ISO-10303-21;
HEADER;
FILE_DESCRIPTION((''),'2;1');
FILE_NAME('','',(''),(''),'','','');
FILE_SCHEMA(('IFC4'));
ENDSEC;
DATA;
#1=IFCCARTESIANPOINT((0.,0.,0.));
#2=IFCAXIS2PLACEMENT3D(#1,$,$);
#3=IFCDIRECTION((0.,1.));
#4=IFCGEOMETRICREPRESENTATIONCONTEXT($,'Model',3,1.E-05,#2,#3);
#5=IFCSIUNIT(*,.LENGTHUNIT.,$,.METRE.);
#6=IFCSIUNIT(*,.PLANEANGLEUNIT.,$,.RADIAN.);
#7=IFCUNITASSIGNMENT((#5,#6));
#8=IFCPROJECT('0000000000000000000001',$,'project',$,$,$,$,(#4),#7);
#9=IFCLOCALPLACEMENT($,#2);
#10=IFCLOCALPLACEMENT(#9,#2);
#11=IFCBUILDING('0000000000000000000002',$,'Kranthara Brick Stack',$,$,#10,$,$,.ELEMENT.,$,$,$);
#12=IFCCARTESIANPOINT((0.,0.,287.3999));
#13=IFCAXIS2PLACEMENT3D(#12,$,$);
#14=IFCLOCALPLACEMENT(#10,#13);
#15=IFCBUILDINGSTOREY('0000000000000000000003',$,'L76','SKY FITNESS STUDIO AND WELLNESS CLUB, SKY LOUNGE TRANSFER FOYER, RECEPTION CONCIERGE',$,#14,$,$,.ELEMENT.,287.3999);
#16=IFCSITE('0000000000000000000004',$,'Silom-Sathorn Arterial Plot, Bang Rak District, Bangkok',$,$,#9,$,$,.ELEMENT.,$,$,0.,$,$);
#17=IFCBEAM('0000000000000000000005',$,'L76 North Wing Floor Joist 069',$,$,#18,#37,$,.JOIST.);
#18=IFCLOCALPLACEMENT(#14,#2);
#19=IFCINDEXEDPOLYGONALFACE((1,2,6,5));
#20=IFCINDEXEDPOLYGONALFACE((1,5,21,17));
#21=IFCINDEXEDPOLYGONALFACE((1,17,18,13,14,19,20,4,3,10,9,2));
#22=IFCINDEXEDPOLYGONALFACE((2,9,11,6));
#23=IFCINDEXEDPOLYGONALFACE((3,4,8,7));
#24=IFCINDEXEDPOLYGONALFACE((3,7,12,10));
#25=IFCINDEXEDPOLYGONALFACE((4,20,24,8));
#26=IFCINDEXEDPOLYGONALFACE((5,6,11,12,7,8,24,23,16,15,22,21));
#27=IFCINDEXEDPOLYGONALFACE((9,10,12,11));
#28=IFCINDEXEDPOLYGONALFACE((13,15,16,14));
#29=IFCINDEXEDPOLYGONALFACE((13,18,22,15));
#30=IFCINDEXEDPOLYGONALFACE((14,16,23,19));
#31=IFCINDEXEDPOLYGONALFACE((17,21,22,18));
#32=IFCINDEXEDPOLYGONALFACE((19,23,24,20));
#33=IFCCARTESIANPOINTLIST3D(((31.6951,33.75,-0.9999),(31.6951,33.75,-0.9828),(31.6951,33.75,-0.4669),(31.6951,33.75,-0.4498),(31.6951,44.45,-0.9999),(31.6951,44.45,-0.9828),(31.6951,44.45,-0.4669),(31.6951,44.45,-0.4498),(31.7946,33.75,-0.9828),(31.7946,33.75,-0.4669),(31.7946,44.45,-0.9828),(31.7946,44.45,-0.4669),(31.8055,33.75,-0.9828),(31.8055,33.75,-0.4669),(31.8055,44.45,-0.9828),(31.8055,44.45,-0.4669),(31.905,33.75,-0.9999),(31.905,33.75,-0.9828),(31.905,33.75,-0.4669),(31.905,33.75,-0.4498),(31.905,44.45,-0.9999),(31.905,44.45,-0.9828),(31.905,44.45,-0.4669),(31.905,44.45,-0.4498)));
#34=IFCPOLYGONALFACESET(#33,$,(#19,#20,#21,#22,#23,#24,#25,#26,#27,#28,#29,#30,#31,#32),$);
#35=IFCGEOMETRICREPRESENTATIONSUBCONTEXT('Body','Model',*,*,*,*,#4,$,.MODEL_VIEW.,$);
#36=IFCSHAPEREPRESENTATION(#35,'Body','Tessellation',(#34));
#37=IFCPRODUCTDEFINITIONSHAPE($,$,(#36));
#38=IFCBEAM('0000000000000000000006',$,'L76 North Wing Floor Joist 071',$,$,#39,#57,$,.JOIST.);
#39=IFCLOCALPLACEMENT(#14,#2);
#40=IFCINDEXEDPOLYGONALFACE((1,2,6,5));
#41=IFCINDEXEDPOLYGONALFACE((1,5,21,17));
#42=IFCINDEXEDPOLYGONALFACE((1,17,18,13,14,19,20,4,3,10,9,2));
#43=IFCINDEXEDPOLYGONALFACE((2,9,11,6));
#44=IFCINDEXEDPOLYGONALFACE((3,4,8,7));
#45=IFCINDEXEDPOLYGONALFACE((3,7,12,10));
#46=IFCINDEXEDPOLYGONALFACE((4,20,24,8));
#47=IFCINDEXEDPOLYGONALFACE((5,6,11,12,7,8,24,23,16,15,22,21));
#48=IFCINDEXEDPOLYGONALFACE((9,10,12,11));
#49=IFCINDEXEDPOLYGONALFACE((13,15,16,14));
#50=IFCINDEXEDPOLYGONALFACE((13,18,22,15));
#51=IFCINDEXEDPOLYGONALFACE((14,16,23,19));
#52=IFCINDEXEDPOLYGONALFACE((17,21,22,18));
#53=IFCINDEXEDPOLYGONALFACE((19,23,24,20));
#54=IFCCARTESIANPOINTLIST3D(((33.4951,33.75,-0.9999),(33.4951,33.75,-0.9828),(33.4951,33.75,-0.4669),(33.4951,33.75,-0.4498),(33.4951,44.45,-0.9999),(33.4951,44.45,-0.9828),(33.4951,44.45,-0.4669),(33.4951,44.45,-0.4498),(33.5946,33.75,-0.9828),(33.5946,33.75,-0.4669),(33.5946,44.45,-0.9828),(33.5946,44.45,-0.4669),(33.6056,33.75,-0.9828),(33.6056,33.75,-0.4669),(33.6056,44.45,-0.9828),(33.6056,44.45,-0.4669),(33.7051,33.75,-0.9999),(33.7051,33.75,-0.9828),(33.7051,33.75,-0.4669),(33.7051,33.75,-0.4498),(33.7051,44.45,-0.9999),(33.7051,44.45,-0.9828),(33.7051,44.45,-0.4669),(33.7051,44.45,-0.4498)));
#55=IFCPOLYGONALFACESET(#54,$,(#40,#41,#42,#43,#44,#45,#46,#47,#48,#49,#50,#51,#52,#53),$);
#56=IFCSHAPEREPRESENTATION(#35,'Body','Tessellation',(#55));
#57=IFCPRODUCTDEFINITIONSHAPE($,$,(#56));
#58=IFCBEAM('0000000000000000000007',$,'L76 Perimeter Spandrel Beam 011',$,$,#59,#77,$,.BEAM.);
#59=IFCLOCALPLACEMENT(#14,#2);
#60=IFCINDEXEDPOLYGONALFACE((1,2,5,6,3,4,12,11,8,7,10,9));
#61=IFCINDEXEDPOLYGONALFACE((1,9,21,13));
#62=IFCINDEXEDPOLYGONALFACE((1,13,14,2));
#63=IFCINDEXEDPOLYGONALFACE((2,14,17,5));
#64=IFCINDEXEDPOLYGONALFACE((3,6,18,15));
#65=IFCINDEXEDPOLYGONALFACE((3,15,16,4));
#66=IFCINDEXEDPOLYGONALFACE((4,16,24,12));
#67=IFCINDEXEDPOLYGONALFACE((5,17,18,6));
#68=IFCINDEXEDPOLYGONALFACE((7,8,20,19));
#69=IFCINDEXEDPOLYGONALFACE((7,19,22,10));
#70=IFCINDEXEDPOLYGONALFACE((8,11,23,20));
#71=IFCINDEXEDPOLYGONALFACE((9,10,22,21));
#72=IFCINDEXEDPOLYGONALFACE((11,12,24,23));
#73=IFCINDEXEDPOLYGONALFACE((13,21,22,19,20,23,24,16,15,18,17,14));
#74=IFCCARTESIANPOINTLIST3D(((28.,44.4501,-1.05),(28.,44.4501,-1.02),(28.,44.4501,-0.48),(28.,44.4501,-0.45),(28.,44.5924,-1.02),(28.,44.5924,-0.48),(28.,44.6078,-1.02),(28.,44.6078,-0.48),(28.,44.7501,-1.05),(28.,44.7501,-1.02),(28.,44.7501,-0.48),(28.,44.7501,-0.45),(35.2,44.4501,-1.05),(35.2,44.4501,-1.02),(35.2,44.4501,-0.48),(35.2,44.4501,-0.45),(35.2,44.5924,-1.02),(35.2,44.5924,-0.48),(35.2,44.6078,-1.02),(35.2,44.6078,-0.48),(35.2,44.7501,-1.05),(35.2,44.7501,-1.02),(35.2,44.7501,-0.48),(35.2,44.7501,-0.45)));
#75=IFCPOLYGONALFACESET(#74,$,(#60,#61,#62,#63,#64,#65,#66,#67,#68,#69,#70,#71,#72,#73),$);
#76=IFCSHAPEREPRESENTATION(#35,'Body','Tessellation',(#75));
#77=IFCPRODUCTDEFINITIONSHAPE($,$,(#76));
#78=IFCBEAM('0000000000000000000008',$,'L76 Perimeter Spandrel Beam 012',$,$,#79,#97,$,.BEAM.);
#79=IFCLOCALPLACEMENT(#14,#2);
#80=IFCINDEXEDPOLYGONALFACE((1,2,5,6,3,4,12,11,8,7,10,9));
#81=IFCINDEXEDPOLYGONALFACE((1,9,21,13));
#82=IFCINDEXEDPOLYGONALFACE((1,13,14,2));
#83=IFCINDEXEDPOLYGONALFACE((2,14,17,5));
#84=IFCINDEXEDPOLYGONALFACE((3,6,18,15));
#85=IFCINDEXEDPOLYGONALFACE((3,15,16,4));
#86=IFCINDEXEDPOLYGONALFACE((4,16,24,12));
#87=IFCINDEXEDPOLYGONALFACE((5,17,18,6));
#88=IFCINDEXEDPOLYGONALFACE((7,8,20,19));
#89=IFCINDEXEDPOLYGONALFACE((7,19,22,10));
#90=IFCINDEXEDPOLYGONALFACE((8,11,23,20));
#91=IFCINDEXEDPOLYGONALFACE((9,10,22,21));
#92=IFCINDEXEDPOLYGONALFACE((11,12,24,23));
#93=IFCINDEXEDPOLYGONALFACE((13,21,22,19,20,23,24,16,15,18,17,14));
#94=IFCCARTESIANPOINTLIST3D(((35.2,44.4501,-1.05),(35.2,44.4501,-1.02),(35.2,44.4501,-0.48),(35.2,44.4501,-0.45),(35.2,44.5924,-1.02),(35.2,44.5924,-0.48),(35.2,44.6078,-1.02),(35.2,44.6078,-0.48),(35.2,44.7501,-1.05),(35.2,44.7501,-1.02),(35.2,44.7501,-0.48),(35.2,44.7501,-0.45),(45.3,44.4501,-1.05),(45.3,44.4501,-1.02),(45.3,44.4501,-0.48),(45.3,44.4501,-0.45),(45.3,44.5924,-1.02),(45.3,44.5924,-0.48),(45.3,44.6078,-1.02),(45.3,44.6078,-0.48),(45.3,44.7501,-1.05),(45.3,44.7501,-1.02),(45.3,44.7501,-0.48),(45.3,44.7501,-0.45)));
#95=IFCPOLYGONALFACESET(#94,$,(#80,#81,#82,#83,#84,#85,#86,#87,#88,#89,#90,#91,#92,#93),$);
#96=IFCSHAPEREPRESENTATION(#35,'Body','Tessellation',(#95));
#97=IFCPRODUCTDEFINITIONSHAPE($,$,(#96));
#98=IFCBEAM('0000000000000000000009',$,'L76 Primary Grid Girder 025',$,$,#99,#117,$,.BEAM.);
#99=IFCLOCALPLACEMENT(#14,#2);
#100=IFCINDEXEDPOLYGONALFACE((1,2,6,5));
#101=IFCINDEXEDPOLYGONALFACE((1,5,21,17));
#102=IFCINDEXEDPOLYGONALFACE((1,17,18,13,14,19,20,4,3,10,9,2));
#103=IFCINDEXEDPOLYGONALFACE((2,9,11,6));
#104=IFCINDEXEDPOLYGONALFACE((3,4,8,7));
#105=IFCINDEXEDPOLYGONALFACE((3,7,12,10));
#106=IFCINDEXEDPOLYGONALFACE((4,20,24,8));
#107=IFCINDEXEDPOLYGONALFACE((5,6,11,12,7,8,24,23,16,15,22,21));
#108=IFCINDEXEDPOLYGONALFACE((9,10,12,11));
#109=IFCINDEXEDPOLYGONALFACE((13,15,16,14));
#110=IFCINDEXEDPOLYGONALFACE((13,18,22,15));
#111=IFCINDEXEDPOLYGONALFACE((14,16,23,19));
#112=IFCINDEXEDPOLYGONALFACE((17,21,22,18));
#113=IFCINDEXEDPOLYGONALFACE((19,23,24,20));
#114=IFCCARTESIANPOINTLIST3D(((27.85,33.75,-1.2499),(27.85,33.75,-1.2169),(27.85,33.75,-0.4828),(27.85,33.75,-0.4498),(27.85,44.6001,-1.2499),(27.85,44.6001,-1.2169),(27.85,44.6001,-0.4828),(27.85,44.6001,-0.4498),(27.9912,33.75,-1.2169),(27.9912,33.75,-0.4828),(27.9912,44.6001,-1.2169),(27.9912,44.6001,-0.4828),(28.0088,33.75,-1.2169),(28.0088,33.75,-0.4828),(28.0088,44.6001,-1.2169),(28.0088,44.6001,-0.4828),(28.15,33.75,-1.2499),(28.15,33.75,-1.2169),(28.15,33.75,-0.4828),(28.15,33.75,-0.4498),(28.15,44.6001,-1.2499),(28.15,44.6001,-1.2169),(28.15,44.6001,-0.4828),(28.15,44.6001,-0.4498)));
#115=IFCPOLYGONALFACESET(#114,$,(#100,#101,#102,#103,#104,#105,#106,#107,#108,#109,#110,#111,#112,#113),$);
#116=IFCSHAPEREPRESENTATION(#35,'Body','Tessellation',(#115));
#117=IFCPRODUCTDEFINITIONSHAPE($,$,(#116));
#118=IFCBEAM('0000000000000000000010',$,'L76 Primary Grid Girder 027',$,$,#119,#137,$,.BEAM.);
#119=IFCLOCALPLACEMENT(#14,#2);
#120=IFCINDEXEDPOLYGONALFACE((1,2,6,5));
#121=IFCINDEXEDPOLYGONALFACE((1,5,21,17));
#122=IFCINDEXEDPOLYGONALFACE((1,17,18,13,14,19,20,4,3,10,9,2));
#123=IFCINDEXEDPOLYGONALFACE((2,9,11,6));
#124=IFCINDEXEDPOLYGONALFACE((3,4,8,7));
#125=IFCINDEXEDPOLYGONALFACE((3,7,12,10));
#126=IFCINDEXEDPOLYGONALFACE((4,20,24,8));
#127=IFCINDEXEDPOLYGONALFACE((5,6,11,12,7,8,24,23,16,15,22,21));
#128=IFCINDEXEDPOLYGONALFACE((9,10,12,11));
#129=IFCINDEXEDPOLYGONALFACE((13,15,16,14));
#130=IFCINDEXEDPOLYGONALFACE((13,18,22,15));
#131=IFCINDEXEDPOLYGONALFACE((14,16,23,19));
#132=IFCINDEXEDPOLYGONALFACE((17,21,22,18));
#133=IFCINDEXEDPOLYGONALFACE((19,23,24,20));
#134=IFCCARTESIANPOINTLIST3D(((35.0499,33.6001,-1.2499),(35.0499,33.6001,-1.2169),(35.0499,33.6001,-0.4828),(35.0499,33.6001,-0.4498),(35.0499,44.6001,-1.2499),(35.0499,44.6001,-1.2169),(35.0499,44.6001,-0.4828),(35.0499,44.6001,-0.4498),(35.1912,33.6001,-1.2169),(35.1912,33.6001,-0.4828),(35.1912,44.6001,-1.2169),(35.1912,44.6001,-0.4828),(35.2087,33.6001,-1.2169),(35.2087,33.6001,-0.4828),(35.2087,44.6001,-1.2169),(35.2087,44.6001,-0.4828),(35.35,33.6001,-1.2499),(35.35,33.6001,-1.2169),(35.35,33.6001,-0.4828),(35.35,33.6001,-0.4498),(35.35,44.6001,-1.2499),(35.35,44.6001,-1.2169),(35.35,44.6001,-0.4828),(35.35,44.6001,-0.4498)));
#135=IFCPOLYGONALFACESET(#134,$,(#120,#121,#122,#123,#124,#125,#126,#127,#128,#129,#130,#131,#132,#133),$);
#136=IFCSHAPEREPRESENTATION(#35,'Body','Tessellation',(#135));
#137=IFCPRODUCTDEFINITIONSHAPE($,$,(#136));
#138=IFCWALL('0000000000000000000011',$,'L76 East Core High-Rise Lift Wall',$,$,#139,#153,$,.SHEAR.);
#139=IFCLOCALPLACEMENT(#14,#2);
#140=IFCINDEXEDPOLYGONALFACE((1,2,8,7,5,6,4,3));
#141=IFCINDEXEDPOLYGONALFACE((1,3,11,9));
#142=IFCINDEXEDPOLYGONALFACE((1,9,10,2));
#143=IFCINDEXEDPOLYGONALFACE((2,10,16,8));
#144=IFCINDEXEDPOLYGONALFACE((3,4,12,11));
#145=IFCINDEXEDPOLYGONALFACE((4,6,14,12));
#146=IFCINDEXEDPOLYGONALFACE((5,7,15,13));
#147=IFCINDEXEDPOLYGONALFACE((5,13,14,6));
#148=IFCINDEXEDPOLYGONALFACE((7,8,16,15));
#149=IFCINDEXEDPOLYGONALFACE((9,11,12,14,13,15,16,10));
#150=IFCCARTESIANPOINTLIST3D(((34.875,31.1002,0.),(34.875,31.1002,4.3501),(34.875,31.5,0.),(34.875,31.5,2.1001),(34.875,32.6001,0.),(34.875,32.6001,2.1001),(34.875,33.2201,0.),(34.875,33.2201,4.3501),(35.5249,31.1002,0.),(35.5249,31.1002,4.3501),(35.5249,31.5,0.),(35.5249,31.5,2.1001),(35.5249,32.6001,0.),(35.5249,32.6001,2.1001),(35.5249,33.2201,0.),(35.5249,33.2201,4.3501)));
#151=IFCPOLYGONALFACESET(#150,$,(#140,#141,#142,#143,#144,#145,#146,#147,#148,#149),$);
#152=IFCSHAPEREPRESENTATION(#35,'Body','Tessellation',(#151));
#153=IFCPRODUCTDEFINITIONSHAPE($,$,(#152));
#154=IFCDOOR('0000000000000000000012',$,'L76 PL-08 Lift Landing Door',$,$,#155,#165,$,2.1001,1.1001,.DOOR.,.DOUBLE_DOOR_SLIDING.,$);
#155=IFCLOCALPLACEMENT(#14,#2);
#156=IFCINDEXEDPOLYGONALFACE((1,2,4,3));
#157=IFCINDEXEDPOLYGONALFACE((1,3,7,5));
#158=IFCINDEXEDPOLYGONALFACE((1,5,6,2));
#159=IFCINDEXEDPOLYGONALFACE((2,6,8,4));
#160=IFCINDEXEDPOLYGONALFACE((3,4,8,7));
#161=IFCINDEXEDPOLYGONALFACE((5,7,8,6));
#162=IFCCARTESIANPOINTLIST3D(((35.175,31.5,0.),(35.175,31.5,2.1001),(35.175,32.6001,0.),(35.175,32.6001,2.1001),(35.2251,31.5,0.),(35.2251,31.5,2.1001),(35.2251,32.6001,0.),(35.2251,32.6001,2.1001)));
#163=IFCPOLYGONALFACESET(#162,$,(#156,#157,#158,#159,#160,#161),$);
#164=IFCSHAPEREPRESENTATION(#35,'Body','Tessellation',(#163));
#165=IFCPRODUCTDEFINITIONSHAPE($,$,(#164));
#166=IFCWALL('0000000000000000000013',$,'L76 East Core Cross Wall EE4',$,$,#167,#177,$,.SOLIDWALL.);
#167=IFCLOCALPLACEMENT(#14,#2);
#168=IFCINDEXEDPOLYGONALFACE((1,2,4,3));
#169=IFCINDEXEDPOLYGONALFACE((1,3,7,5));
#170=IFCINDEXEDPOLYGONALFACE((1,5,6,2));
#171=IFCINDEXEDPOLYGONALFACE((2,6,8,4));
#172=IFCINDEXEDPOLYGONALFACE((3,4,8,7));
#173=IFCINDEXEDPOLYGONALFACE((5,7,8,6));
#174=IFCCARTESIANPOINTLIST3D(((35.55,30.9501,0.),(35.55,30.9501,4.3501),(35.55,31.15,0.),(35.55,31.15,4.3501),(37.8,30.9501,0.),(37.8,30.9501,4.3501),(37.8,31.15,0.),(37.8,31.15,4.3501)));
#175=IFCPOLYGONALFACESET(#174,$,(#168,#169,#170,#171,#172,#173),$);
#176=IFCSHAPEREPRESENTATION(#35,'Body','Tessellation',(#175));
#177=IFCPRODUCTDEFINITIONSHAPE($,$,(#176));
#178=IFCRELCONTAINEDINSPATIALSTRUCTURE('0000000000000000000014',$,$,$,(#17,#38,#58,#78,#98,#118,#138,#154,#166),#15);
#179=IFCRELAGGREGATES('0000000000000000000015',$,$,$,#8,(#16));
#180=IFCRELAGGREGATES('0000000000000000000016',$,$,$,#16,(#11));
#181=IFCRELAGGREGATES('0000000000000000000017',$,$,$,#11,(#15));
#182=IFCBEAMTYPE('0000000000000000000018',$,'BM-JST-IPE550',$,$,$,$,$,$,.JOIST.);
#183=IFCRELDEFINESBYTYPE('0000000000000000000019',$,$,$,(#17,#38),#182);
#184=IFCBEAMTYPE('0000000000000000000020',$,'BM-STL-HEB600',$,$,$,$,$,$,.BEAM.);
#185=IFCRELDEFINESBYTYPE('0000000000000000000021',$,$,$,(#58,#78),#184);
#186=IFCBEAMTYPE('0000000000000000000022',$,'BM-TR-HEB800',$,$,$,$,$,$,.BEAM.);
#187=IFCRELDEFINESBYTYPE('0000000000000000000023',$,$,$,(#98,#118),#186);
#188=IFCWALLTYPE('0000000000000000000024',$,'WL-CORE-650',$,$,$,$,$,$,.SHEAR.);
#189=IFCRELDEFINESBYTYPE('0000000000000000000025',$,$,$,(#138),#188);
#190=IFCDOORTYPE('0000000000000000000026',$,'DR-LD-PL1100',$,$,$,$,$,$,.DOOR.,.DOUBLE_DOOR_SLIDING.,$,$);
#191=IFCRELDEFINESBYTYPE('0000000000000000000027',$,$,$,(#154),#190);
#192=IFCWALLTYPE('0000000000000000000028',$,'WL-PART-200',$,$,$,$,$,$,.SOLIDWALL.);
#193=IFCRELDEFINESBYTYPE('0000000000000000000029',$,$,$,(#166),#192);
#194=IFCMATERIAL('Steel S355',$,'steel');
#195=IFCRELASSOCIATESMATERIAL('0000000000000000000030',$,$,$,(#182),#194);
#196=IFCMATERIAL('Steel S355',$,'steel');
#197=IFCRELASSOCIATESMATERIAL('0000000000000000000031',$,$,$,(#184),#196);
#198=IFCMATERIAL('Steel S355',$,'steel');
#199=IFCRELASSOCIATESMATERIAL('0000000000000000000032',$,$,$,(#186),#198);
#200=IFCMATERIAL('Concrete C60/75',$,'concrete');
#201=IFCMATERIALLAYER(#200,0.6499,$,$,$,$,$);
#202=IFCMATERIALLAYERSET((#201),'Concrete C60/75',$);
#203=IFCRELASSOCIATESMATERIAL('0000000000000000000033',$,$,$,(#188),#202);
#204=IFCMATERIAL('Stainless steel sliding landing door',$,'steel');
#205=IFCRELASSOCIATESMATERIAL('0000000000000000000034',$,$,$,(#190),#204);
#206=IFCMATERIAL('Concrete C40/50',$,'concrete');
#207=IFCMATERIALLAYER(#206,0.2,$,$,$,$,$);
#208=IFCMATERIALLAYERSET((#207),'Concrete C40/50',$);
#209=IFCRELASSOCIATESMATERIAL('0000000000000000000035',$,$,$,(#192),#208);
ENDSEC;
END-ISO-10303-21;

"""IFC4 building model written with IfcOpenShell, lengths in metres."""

from ifc_helpers import new_model, si_unit, direction, frame, frame_2d, origin, origin_2d, place, context, subcontext, project, spatial, rectangle, i_section, extrude, material, layer, layer_set, material_profile, profile_set, type_object, element, fill, save


model = new_model("IFC4")

# Units and contexts
model_context = context("Model", 3, precision=1e-05, world=origin(), true_north=direction((0.0, 1.0)))
body_context = subcontext(model_context, "Body", "Model", "MODEL_VIEW")
ifc_project = project(units=[si_unit("LENGTHUNIT", "METRE"), si_unit("PLANEANGLEUNIT", "RADIAN")], contexts=[model_context])

# Site, building, storey
site_placement = place(None, origin())
site = spatial("IfcSite", under=ifc_project, at=site_placement, Name="Silom-Sathorn Arterial Plot, Bang Rak District, Bangkok", CompositionType="ELEMENT", RefElevation=0.0)
building_placement = place(site_placement, origin())
building = spatial("IfcBuilding", under=site, at=building_placement, Name="Kranthara Brick Stack", CompositionType="ELEMENT")
storey_placement = place(building_placement, frame((0.0, 0.0, 287.3999)))
storey = spatial("IfcBuildingStorey", under=building, at=storey_placement, Name="L76", Description="SKY FITNESS STUDIO AND WELLNESS CLUB, SKY LOUNGE TRANSFER FOYER, RECEPTION CONCIERGE", CompositionType="ELEMENT", Elevation=287.3999)

# Beams
ifc_material_1 = material(Name="Steel S355", Category="steel")
ifc_material_profile_1 = material_profile(ifc_material_1, i_section(OverallWidth=0.21, OverallDepth=0.55, WebThickness=0.011, FlangeThickness=0.0171, at=origin_2d()), Name="IPE 550")
ifc_profile_set_1 = profile_set([ifc_material_profile_1], Name="Steel S355")
beam_type_1 = type_object("IfcBeamType", Name="BM-JST-IPE550", PredefinedType="JOIST", material=ifc_profile_set_1)
for number, where, z_axis, x_axis, name in (
    (1, (31.8, 33.75, -0.7249), (0.0, 1.0, 0.0), (-1.0, 0.0, 0.0), "L76 North Wing Floor Joist 069"),
    (2, (33.6001, 33.75, -0.7249), (0.0, 1.0, 0.0), (-1.0, 0.0, 0.0), "L76 North Wing Floor Joist 071"),
):
    element("IfcBeam", number, at=place(storey_placement, frame(where, z_axis=z_axis, x_axis=x_axis)), inside=storey, type_object=beam_type_1, Name=name, PredefinedType="JOIST", context=body_context, shape_type="SweptSolid", body=[
        extrude(i_section(OverallWidth=0.21, OverallDepth=0.55, WebThickness=0.011, FlangeThickness=0.0171, at=origin_2d()), origin(), (0.0, 0.0, 1.0), 10.7),
    ])
ifc_material_2 = material(Name="Steel S355", Category="steel")
ifc_material_profile_2 = material_profile(ifc_material_2, i_section(OverallWidth=0.3, OverallDepth=0.6001, WebThickness=0.0154, FlangeThickness=0.03, at=origin_2d()), Name="HEB 600")
ifc_profile_set_2 = profile_set([ifc_material_profile_2], Name="Steel S355")
beam_type_2 = type_object("IfcBeamType", Name="BM-STL-HEB600", PredefinedType="BEAM", material=ifc_profile_set_2)
beam_1_placement = place(storey_placement, frame((28.0, 44.6001, -0.75), z_axis=(1.0, 0.0, 0.0), x_axis=(0.0, 1.0, 0.0)))
element("IfcBeam", 3, at=beam_1_placement, inside=storey, type_object=beam_type_2, Name="L76 Perimeter Spandrel Beam 011", PredefinedType="BEAM", context=body_context, shape_type="SweptSolid", body=[
    extrude(i_section(OverallWidth=0.3, OverallDepth=0.6001, WebThickness=0.0154, FlangeThickness=0.03, at=origin_2d()), origin(), (0.0, 0.0, 1.0), 7.2),
])
beam_2_placement = place(storey_placement, frame((35.2, 44.6001, -0.75), z_axis=(1.0, 0.0, 0.0), x_axis=(0.0, 1.0, 0.0)))
element("IfcBeam", 4, at=beam_2_placement, inside=storey, type_object=beam_type_2, Name="L76 Perimeter Spandrel Beam 012", PredefinedType="BEAM", context=body_context, shape_type="SweptSolid", body=[
    extrude(i_section(OverallWidth=0.3, OverallDepth=0.6001, WebThickness=0.0154, FlangeThickness=0.03, at=origin_2d()), origin(), (0.0, 0.0, 1.0), 10.1001),
])
ifc_material_3 = material(Name="Steel S355", Category="steel")
ifc_material_profile_3 = material_profile(ifc_material_3, i_section(OverallWidth=0.3, OverallDepth=0.8, WebThickness=0.0176, FlangeThickness=0.033, at=origin_2d()), Name="HEB 800")
ifc_profile_set_3 = profile_set([ifc_material_profile_3], Name="Steel S355")
beam_type_3 = type_object("IfcBeamType", Name="BM-TR-HEB800", PredefinedType="BEAM", material=ifc_profile_set_3)
beam_3_placement = place(storey_placement, frame((28.0, 33.75, -0.8499), z_axis=(0.0, 1.0, 0.0), x_axis=(-1.0, 0.0, 0.0)))
element("IfcBeam", 5, at=beam_3_placement, inside=storey, type_object=beam_type_3, Name="L76 Primary Grid Girder 025", PredefinedType="BEAM", context=body_context, shape_type="SweptSolid", body=[
    extrude(i_section(OverallWidth=0.3, OverallDepth=0.8, WebThickness=0.0176, FlangeThickness=0.033, at=origin_2d()), origin(), (0.0, 0.0, 1.0), 10.8501),
])
beam_4_placement = place(storey_placement, frame((35.2, 33.6001, -0.8499), z_axis=(0.0, 1.0, 0.0), x_axis=(-1.0, 0.0, 0.0)))
element("IfcBeam", 6, at=beam_4_placement, inside=storey, type_object=beam_type_3, Name="L76 Primary Grid Girder 027", PredefinedType="BEAM", context=body_context, shape_type="SweptSolid", body=[
    extrude(i_section(OverallWidth=0.3, OverallDepth=0.8, WebThickness=0.0176, FlangeThickness=0.033, at=origin_2d()), origin(), (0.0, 0.0, 1.0), 11.0),
])

# Shared definitions
ifc_material_4 = material(Name="Concrete C60/75", Category="concrete")
ifc_layer_1 = layer(ifc_material_4, 0.6499)
ifc_layer_set_1 = layer_set([ifc_layer_1], Name="Concrete C60/75")
wall_type_1 = type_object("IfcWallType", Name="WL-CORE-650", PredefinedType="SHEAR", material=ifc_layer_set_1)

# Wall, opening, door
wall_1_placement = place(storey_placement, frame((35.2, 31.1001, 0.0), z_axis=(0.0, 0.0, 1.0), x_axis=(0.0, 1.0, 0.0)))
wall_1 = element("IfcWall", 7, at=wall_1_placement, inside=storey, type_object=wall_type_1, Name="L76 East Core High-Rise Lift Wall", PredefinedType="SHEAR", context=body_context, shape_type="SweptSolid", body=[
    extrude(rectangle(XDim=2.1199, YDim=0.6499, at=frame_2d((1.0601, 0.0))), origin(), (0.0, 0.0, 1.0), 4.3501),
])
opening_1_placement = place(wall_1_placement, frame((0.3999, 0.0, 0.0)))
opening_1 = element("IfcOpeningElement", 8, at=opening_1_placement, cuts=wall_1, PredefinedType="OPENING", context=body_context, shape_type="SweptSolid", body=[
    extrude(rectangle(XDim=1.1001, YDim=2.1001, at=frame_2d((0.55, 1.05))), frame((0.0, 0.335, 0.0), z_axis=(0.0, -1.0, 0.0), x_axis=(1.0, 0.0, 0.0)), (0.0, 0.0, 1.0), 0.6699),
])
ifc_material_5 = material(Name="Stainless steel sliding landing door", Category="steel")
door_type_1 = type_object("IfcDoorType", Name="DR-LD-PL1100", OperationType="DOUBLE_DOOR_SLIDING", PredefinedType="DOOR", material=ifc_material_5)
door_1_placement = place(opening_1_placement, origin())
door_1 = element("IfcDoor", 9, at=door_1_placement, inside=storey, type_object=door_type_1, Name="L76 PL-08 Lift Landing Door", OperationType="DOUBLE_DOOR_SLIDING", OverallHeight=2.1001, OverallWidth=1.1001, PredefinedType="DOOR", context=body_context, shape_type="SweptSolid", body=[
    extrude(rectangle(XDim=1.1001, YDim=2.1001, at=frame_2d((0.55, 1.05))), frame((0.0, 0.0249, 0.0), z_axis=(0.0, -1.0, 0.0), x_axis=(1.0, 0.0, 0.0)), (0.0, 0.0, 1.0), 0.05),
])
fill(opening_1, door_1)

# Wall
ifc_material_6 = material(Name="Concrete C40/50", Category="concrete")
ifc_layer_2 = layer(ifc_material_6, 0.2)
ifc_layer_set_2 = layer_set([ifc_layer_2], Name="Concrete C40/50")
wall_type_2 = type_object("IfcWallType", Name="WL-PART-200", PredefinedType="SOLIDWALL", material=ifc_layer_set_2)
wall_2_placement = place(storey_placement, frame((35.55, 31.05, 0.0), z_axis=(0.0, 0.0, 1.0), x_axis=(1.0, 0.0, 0.0)))
element("IfcWall", 10, at=wall_2_placement, inside=storey, type_object=wall_type_2, Name="L76 East Core Cross Wall EE4", PredefinedType="SOLIDWALL", context=body_context, shape_type="SweptSolid", body=[
    extrude(rectangle(XDim=2.25, YDim=0.2, at=frame_2d((1.125, 0.0))), origin(), (0.0, 0.0, 1.0), 4.3501),
])

save(model, "model.ifc")
